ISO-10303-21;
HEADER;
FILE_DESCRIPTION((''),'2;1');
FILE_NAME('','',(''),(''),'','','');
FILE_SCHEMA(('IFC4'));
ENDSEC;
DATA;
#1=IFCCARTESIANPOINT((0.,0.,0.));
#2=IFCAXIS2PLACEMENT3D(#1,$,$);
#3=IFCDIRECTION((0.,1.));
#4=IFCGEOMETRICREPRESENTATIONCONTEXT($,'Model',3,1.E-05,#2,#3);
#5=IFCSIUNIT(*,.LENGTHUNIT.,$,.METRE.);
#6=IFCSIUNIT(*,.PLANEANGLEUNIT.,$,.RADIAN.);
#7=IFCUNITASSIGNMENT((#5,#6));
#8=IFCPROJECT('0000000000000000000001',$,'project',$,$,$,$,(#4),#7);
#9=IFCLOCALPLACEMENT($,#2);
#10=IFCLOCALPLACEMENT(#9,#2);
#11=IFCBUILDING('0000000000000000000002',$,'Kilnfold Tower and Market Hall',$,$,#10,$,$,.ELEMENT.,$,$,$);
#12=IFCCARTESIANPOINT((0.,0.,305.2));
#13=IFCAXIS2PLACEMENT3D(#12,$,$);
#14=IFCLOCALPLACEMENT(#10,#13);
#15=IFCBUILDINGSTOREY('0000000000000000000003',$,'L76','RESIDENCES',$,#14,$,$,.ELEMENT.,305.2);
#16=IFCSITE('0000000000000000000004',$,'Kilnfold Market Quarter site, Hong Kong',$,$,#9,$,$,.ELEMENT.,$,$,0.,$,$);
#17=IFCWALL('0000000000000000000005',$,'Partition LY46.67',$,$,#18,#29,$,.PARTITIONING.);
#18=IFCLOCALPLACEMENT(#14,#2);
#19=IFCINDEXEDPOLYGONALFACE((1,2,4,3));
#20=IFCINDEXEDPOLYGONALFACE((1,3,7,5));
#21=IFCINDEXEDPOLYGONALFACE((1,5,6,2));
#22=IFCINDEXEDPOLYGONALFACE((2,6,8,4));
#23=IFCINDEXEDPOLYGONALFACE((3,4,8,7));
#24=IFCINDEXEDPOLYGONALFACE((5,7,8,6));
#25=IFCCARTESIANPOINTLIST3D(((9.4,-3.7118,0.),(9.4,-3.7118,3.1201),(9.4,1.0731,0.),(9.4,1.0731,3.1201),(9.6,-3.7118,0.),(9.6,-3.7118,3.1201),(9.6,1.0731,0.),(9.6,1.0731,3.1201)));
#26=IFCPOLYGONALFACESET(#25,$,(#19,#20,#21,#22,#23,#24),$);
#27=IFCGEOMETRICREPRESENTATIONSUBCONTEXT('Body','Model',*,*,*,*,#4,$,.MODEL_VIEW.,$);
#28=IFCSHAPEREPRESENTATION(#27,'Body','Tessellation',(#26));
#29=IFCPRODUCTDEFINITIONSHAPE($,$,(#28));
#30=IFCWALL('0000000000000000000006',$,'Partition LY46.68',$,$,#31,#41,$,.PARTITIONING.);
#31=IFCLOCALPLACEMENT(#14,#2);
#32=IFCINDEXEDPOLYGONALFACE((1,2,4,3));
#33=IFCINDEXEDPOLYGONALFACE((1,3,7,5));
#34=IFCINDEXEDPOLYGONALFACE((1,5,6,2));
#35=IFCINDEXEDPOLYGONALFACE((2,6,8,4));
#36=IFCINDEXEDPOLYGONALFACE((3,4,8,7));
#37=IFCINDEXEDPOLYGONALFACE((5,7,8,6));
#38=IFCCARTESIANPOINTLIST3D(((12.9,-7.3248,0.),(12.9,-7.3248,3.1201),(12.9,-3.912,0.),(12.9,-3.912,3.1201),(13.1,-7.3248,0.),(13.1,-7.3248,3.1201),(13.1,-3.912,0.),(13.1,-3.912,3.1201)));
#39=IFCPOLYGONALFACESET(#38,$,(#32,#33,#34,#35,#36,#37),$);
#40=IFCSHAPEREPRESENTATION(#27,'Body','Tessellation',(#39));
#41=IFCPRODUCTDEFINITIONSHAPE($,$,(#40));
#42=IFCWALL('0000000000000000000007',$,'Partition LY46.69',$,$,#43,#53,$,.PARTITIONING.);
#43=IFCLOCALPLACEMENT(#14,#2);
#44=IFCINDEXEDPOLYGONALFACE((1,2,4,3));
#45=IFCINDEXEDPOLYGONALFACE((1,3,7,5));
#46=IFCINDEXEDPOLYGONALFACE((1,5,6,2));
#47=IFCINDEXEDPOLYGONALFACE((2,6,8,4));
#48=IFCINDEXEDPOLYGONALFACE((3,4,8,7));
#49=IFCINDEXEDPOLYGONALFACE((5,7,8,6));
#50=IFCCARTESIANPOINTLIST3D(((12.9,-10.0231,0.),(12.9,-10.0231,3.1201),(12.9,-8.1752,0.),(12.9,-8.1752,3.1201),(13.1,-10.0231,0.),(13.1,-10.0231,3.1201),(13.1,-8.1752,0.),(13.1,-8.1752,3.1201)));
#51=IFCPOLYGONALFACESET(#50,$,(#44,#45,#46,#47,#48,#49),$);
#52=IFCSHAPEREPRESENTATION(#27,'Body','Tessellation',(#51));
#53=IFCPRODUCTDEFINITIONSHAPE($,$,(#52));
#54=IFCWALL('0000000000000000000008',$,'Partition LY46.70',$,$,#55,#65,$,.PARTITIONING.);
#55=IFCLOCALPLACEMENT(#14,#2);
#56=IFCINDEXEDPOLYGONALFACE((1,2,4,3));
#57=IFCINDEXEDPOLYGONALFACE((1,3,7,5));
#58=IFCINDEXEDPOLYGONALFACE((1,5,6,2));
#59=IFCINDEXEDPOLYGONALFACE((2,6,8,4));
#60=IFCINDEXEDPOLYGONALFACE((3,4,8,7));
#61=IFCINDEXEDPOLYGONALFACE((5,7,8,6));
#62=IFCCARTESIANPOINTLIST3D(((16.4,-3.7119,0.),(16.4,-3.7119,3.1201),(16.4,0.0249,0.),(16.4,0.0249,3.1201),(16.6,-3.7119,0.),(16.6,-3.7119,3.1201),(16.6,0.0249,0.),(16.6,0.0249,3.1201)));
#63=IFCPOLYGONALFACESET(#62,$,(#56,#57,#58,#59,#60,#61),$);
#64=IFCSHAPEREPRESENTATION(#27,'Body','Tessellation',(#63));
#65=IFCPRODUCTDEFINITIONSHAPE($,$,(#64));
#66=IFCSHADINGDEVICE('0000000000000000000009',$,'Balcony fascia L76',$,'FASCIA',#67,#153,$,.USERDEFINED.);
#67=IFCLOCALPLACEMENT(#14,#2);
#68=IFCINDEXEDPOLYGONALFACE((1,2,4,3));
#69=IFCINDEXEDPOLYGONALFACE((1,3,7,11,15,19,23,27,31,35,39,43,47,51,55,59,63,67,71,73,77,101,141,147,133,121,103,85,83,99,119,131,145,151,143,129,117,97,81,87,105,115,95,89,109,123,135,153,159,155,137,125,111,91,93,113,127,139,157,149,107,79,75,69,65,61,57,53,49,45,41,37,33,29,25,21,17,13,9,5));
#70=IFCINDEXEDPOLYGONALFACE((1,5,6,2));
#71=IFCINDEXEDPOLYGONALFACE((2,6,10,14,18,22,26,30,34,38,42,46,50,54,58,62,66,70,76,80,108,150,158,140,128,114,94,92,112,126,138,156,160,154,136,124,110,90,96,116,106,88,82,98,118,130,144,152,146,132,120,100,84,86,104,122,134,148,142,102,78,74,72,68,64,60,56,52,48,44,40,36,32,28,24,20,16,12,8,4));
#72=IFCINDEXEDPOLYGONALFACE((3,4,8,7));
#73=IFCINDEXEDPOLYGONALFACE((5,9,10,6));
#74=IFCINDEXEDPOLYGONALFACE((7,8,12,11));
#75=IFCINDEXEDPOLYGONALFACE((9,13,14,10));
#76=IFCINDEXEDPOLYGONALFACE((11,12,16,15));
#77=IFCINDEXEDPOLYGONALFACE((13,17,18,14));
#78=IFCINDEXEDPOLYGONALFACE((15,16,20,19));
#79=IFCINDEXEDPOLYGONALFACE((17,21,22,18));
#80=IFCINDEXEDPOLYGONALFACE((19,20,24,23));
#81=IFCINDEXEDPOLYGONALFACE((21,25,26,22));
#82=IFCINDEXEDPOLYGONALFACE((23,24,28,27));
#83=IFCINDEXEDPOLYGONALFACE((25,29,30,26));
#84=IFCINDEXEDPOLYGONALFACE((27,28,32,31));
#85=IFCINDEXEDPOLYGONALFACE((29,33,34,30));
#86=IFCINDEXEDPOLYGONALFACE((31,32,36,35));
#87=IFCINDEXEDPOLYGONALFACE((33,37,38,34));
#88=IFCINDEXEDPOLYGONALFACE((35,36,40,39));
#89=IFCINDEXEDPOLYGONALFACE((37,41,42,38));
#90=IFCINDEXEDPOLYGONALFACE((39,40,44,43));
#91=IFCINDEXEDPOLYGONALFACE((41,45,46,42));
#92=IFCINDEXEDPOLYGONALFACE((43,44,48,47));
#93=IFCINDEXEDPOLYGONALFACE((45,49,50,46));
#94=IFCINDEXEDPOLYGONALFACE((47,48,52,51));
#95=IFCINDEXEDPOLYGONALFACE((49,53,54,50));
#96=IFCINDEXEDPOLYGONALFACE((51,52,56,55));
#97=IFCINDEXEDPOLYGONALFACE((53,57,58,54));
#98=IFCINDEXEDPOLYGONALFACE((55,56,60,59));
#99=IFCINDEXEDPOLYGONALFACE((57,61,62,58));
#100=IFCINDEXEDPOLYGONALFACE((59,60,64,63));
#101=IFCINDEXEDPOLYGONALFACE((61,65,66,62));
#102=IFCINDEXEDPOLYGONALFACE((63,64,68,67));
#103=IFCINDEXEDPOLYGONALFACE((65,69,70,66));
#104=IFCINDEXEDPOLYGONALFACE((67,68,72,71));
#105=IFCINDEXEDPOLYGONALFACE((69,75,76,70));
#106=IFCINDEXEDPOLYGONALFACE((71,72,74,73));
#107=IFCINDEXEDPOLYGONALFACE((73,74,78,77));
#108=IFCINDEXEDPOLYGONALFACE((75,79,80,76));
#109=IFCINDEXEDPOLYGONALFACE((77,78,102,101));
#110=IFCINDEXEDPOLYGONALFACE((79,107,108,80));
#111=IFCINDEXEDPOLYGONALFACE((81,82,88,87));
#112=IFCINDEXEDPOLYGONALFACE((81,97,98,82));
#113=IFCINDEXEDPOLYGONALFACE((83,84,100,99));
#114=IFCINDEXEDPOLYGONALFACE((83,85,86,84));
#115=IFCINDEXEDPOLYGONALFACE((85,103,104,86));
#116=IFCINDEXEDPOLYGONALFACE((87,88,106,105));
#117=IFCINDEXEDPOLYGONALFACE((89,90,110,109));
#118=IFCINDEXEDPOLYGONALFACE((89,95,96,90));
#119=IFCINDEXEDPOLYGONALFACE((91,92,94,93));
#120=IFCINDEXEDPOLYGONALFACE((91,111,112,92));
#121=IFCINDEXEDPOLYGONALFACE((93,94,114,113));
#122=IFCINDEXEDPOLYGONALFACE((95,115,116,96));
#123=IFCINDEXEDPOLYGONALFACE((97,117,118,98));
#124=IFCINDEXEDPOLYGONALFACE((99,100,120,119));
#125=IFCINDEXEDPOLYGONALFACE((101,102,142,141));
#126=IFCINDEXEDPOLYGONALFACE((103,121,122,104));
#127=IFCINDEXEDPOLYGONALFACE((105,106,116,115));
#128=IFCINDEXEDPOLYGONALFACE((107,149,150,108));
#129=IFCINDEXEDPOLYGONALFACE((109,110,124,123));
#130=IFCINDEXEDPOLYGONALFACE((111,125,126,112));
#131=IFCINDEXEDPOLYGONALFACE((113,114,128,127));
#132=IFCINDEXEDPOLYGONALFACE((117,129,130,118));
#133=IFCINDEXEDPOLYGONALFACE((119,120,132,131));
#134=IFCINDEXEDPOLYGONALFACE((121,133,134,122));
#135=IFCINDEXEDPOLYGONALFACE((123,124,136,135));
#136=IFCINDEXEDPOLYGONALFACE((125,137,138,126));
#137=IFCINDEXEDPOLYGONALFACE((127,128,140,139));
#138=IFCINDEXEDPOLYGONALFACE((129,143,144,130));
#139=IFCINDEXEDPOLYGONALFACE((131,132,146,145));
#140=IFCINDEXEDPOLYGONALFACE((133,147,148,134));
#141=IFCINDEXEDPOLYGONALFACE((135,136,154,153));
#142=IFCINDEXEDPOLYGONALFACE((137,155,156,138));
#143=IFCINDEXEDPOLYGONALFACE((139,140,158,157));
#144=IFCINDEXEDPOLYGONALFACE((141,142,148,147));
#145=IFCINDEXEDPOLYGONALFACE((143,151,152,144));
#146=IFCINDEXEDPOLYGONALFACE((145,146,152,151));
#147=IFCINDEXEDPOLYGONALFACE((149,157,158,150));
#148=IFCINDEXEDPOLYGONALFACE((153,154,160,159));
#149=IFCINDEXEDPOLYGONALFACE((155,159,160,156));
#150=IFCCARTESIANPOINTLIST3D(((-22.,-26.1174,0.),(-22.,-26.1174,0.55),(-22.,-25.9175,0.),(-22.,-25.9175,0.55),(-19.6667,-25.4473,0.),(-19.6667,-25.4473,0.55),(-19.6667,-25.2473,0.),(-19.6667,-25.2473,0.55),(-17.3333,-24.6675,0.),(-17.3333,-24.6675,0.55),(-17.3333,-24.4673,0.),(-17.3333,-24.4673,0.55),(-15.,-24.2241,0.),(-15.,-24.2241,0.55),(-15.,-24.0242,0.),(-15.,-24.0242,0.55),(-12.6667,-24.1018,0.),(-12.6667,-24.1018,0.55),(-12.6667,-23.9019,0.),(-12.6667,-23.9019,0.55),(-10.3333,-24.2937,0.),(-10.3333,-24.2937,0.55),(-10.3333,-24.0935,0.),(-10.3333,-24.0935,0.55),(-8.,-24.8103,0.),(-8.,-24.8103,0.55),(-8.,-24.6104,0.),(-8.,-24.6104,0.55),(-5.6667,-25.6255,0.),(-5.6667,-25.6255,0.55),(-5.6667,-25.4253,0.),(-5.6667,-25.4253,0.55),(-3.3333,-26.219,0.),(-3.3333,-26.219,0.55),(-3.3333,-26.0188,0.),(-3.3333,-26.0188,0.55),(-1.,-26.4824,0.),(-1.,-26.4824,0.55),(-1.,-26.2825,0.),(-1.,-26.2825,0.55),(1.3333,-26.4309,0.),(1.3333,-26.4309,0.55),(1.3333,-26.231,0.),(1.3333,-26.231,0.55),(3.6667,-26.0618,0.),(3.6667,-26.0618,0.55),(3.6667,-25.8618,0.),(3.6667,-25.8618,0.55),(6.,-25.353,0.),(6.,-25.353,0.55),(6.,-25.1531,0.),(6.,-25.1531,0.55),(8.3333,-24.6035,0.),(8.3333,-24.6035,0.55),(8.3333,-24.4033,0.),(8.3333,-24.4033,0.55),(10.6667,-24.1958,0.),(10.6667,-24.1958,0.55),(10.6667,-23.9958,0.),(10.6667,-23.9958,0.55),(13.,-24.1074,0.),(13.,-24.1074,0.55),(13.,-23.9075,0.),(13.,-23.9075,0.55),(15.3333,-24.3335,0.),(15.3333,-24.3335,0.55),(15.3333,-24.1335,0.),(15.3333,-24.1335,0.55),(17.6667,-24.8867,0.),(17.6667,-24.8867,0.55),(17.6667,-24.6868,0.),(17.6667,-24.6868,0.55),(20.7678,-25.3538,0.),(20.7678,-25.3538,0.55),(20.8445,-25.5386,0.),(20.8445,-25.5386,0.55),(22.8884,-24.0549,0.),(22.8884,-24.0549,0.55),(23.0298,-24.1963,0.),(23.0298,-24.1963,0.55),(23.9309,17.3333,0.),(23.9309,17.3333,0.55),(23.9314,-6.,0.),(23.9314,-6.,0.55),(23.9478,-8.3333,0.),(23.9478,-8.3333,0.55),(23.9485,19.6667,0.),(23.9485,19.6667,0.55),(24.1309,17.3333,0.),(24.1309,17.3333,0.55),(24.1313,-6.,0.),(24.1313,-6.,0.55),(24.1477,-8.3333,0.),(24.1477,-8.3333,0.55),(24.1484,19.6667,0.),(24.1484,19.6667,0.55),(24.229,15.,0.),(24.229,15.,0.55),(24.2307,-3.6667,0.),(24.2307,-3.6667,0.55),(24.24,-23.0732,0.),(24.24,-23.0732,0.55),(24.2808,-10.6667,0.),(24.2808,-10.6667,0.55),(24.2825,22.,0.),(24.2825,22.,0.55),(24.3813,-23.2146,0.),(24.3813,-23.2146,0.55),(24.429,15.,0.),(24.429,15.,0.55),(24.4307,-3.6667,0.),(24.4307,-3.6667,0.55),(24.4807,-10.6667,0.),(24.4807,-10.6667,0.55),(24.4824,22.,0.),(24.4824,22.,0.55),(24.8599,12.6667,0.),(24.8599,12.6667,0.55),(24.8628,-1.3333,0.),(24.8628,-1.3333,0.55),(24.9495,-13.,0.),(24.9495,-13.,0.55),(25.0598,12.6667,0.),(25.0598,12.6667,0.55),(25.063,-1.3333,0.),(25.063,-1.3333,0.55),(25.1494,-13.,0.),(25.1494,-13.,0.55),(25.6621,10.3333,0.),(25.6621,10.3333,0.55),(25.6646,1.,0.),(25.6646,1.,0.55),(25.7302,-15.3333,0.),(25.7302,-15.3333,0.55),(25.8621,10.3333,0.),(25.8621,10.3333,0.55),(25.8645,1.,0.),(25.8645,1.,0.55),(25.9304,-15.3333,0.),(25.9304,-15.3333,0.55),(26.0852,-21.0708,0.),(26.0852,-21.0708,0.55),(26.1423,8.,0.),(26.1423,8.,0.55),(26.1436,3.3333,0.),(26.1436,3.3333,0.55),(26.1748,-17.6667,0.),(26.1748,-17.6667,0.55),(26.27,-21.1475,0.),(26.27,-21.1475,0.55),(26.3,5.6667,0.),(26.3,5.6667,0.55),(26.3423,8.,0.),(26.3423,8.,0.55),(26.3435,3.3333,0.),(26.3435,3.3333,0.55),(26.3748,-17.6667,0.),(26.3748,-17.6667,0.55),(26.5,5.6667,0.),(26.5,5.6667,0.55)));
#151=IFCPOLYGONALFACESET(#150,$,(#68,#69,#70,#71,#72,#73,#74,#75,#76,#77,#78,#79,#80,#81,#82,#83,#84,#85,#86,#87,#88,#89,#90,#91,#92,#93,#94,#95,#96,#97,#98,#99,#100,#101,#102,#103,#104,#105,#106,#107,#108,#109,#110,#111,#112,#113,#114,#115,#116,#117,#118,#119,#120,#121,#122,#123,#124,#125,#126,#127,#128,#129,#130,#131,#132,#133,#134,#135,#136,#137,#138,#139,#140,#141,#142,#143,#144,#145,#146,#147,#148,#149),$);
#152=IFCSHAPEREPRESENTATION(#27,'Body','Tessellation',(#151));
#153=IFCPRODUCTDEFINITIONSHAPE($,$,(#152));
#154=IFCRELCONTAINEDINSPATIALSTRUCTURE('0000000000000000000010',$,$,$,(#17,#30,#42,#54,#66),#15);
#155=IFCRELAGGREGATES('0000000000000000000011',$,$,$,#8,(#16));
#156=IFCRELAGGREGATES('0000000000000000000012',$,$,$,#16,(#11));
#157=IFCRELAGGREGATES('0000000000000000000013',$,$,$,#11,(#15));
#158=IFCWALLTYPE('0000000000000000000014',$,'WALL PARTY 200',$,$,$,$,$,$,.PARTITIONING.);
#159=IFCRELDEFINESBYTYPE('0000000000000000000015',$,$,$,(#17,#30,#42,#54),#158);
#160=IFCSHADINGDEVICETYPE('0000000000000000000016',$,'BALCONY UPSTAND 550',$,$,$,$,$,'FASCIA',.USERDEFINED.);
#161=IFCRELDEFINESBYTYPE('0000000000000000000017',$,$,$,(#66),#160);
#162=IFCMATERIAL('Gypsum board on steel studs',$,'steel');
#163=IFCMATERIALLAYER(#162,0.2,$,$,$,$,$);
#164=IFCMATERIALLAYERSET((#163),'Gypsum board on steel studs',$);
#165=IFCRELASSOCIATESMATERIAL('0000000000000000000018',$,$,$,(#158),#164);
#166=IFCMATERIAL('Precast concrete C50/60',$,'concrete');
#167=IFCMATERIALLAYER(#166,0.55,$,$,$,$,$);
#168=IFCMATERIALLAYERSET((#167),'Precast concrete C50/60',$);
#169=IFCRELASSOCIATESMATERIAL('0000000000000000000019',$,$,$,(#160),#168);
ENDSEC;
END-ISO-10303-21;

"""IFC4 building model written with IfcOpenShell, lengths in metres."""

from ifc_helpers import new_model, si_unit, direction, frame, frame_2d, origin, place, context, subcontext, project, spatial, polyline, rectangle, outline, extrude, source, transform, mapped, material, layer, layer_set, type_object, element, save


model = new_model("IFC4")

# Units and contexts
model_context = context("Model", 3, precision=1e-05, world=origin(), true_north=direction((0.0, 1.0)))
body_context = subcontext(model_context, "Body", "Model", "MODEL_VIEW")
ifc_project = project(units=[si_unit("LENGTHUNIT", "METRE"), si_unit("PLANEANGLEUNIT", "RADIAN")], contexts=[model_context])

# Site, building, storey
site_placement = place(None, origin())
site = spatial("IfcSite", under=ifc_project, at=site_placement, Name="Kilnfold Market Quarter site, Hong Kong", CompositionType="ELEMENT", RefElevation=0.0)
building_placement = place(site_placement, origin())
building = spatial("IfcBuilding", under=site, at=building_placement, Name="Kilnfold Tower and Market Hall", CompositionType="ELEMENT")
storey_placement = place(building_placement, frame((0.0, 0.0, 305.2)))
storey = spatial("IfcBuildingStorey", under=building, at=storey_placement, Name="L76", Description="RESIDENCES", CompositionType="ELEMENT", Elevation=305.2)

# Walls
ifc_material_1 = material(Name="Gypsum board on steel studs", Category="steel")
ifc_layer_1 = layer(ifc_material_1, 0.2)
ifc_layer_set_1 = layer_set([ifc_layer_1], Name="Gypsum board on steel studs")
wall_type = type_object("IfcWallType", Name="WALL PARTY 200", PredefinedType="PARTITIONING", material=ifc_layer_set_1)
wall_1_placement = place(storey_placement, frame((9.5, -3.7119, 0.0), z_axis=(0.0, 0.0, 1.0), x_axis=(0.0, 1.0, 0.0)))
element("IfcWall", 1, at=wall_1_placement, inside=storey, type_object=wall_type, Name="Partition LY46.67", PredefinedType="PARTITIONING", context=body_context, shape_type="SweptSolid", body=[
    extrude(rectangle(XDim=4.7849, YDim=0.2, at=frame_2d((2.3926, 0.0))), origin(), (0.0, 0.0, 1.0), 3.1201),
])
wall_2_placement = place(storey_placement, frame((13.0, -7.325, 0.0), z_axis=(0.0, 0.0, 1.0), x_axis=(0.0, 1.0, 0.0)))
element("IfcWall", 2, at=wall_2_placement, inside=storey, type_object=wall_type, Name="Partition LY46.68", PredefinedType="PARTITIONING", context=body_context, shape_type="SweptSolid", body=[
    extrude(rectangle(XDim=3.4128, YDim=0.2, at=frame_2d((1.7065, 0.0))), origin(), (0.0, 0.0, 1.0), 3.1201),
])
wall_3_placement = place(storey_placement, frame((13.0, -10.0229, 0.0), z_axis=(0.0, 0.0, 1.0), x_axis=(0.0, 1.0, 0.0)))
element("IfcWall", 3, at=wall_3_placement, inside=storey, type_object=wall_type, Name="Partition LY46.69", PredefinedType="PARTITIONING", context=body_context, shape_type="SweptSolid", body=[
    extrude(rectangle(XDim=1.8479, YDim=0.2, at=frame_2d((0.9238, 0.0))), origin(), (0.0, 0.0, 1.0), 3.1201),
])
wall_4_placement = place(storey_placement, frame((16.5, -3.7119, 0.0), z_axis=(0.0, 0.0, 1.0), x_axis=(0.0, 1.0, 0.0)))
element("IfcWall", 4, at=wall_4_placement, inside=storey, type_object=wall_type, Name="Partition LY46.70", PredefinedType="PARTITIONING", context=body_context, shape_type="SweptSolid", body=[
    extrude(rectangle(XDim=3.7368, YDim=0.2, at=frame_2d((1.8684, 0.0))), origin(), (0.0, 0.0, 1.0), 3.1201),
])

# Shading device
ifc_material_2 = material(Name="Precast concrete C50/60", Category="concrete")
ifc_layer_2 = layer(ifc_material_2, 0.55)
ifc_layer_set_2 = layer_set([ifc_layer_2], Name="Precast concrete C50/60")
shading_device_type_1 = type_object("IfcShadingDeviceType", Name="BALCONY UPSTAND 550", ElementType="FASCIA", PredefinedType="USERDEFINED", material=ifc_layer_set_2)
shared_shape_1 = source(origin(), body_context, "Body", "SweptSolid", [
    extrude(outline(polyline([(-22.0, -26.1174), (-19.6667, -25.4473), (-17.3333, -24.6675), (-15.0, -24.2241), (-12.6667, -24.1018), (-10.3333, -24.2937), (-8.0, -24.8103), (-5.6667, -25.6255), (-3.3333, -26.219), (-1.0, -26.4824), (1.3333, -26.4309), (3.6667, -26.0618), (6.0, -25.353), (8.3333, -24.6035), (10.6667, -24.1958), (13.0, -24.1074), (15.3333, -24.3335), (17.6667, -24.8867), (20.8445, -25.5386), (23.0298, -24.1963), (24.3813, -23.2146), (26.27, -21.1475), (26.3748, -17.6667), (25.9304, -15.3333), (25.1494, -13.0), (24.4807, -10.6667), (24.1477, -8.3333), (24.1313, -6.0), (24.4307, -3.6667), (25.063, -1.3333), (25.8645, 1.0), (26.3435, 3.3333), (26.5, 5.6667), (26.3423, 8.0), (25.8621, 10.3333), (25.0598, 12.6667), (24.429, 15.0), (24.1309, 17.3333), (24.1484, 19.6667), (24.4824, 22.0), (24.2825, 22.0), (23.9485, 19.6667), (23.9309, 17.3333), (24.229, 15.0), (24.8599, 12.6667), (25.6621, 10.3333), (26.1423, 8.0), (26.3, 5.6667), (26.1436, 3.3333), (25.6646, 1.0), (24.8628, -1.3333), (24.2307, -3.6667), (23.9314, -6.0), (23.9478, -8.3333), (24.2808, -10.6667), (24.9495, -13.0), (25.7302, -15.3333), (26.1748, -17.6667), (26.0852, -21.0708), (24.24, -23.0732), (22.8884, -24.0549), (20.7678, -25.3538), (17.6667, -24.6868), (15.3333, -24.1335), (13.0, -23.9075), (10.6667, -23.9958), (8.3333, -24.4033), (6.0, -25.1531), (3.6667, -25.8618), (1.3333, -26.231), (-1.0, -26.2825), (-3.3333, -26.0188), (-5.6667, -25.4253), (-8.0, -24.6104), (-10.3333, -24.0935), (-12.6667, -23.9019), (-15.0, -24.0242), (-17.3333, -24.4673), (-19.6667, -25.2473), (-22.0, -25.9175), (-22.0, -26.1174)])), origin(), (0.0, 0.0, 1.0), 0.55),
])
shading_device_1_placement = place(storey_placement, origin())
element("IfcShadingDevice", 5, at=shading_device_1_placement, inside=storey, type_object=shading_device_type_1, Name="Balcony fascia L76", ObjectType="FASCIA", PredefinedType="USERDEFINED", context=body_context, shape_type="MappedRepresentation", body=[
    mapped(shared_shape_1, transform((0.0, 0.0, 0.0))),
])

save(model, "model.ifc")
